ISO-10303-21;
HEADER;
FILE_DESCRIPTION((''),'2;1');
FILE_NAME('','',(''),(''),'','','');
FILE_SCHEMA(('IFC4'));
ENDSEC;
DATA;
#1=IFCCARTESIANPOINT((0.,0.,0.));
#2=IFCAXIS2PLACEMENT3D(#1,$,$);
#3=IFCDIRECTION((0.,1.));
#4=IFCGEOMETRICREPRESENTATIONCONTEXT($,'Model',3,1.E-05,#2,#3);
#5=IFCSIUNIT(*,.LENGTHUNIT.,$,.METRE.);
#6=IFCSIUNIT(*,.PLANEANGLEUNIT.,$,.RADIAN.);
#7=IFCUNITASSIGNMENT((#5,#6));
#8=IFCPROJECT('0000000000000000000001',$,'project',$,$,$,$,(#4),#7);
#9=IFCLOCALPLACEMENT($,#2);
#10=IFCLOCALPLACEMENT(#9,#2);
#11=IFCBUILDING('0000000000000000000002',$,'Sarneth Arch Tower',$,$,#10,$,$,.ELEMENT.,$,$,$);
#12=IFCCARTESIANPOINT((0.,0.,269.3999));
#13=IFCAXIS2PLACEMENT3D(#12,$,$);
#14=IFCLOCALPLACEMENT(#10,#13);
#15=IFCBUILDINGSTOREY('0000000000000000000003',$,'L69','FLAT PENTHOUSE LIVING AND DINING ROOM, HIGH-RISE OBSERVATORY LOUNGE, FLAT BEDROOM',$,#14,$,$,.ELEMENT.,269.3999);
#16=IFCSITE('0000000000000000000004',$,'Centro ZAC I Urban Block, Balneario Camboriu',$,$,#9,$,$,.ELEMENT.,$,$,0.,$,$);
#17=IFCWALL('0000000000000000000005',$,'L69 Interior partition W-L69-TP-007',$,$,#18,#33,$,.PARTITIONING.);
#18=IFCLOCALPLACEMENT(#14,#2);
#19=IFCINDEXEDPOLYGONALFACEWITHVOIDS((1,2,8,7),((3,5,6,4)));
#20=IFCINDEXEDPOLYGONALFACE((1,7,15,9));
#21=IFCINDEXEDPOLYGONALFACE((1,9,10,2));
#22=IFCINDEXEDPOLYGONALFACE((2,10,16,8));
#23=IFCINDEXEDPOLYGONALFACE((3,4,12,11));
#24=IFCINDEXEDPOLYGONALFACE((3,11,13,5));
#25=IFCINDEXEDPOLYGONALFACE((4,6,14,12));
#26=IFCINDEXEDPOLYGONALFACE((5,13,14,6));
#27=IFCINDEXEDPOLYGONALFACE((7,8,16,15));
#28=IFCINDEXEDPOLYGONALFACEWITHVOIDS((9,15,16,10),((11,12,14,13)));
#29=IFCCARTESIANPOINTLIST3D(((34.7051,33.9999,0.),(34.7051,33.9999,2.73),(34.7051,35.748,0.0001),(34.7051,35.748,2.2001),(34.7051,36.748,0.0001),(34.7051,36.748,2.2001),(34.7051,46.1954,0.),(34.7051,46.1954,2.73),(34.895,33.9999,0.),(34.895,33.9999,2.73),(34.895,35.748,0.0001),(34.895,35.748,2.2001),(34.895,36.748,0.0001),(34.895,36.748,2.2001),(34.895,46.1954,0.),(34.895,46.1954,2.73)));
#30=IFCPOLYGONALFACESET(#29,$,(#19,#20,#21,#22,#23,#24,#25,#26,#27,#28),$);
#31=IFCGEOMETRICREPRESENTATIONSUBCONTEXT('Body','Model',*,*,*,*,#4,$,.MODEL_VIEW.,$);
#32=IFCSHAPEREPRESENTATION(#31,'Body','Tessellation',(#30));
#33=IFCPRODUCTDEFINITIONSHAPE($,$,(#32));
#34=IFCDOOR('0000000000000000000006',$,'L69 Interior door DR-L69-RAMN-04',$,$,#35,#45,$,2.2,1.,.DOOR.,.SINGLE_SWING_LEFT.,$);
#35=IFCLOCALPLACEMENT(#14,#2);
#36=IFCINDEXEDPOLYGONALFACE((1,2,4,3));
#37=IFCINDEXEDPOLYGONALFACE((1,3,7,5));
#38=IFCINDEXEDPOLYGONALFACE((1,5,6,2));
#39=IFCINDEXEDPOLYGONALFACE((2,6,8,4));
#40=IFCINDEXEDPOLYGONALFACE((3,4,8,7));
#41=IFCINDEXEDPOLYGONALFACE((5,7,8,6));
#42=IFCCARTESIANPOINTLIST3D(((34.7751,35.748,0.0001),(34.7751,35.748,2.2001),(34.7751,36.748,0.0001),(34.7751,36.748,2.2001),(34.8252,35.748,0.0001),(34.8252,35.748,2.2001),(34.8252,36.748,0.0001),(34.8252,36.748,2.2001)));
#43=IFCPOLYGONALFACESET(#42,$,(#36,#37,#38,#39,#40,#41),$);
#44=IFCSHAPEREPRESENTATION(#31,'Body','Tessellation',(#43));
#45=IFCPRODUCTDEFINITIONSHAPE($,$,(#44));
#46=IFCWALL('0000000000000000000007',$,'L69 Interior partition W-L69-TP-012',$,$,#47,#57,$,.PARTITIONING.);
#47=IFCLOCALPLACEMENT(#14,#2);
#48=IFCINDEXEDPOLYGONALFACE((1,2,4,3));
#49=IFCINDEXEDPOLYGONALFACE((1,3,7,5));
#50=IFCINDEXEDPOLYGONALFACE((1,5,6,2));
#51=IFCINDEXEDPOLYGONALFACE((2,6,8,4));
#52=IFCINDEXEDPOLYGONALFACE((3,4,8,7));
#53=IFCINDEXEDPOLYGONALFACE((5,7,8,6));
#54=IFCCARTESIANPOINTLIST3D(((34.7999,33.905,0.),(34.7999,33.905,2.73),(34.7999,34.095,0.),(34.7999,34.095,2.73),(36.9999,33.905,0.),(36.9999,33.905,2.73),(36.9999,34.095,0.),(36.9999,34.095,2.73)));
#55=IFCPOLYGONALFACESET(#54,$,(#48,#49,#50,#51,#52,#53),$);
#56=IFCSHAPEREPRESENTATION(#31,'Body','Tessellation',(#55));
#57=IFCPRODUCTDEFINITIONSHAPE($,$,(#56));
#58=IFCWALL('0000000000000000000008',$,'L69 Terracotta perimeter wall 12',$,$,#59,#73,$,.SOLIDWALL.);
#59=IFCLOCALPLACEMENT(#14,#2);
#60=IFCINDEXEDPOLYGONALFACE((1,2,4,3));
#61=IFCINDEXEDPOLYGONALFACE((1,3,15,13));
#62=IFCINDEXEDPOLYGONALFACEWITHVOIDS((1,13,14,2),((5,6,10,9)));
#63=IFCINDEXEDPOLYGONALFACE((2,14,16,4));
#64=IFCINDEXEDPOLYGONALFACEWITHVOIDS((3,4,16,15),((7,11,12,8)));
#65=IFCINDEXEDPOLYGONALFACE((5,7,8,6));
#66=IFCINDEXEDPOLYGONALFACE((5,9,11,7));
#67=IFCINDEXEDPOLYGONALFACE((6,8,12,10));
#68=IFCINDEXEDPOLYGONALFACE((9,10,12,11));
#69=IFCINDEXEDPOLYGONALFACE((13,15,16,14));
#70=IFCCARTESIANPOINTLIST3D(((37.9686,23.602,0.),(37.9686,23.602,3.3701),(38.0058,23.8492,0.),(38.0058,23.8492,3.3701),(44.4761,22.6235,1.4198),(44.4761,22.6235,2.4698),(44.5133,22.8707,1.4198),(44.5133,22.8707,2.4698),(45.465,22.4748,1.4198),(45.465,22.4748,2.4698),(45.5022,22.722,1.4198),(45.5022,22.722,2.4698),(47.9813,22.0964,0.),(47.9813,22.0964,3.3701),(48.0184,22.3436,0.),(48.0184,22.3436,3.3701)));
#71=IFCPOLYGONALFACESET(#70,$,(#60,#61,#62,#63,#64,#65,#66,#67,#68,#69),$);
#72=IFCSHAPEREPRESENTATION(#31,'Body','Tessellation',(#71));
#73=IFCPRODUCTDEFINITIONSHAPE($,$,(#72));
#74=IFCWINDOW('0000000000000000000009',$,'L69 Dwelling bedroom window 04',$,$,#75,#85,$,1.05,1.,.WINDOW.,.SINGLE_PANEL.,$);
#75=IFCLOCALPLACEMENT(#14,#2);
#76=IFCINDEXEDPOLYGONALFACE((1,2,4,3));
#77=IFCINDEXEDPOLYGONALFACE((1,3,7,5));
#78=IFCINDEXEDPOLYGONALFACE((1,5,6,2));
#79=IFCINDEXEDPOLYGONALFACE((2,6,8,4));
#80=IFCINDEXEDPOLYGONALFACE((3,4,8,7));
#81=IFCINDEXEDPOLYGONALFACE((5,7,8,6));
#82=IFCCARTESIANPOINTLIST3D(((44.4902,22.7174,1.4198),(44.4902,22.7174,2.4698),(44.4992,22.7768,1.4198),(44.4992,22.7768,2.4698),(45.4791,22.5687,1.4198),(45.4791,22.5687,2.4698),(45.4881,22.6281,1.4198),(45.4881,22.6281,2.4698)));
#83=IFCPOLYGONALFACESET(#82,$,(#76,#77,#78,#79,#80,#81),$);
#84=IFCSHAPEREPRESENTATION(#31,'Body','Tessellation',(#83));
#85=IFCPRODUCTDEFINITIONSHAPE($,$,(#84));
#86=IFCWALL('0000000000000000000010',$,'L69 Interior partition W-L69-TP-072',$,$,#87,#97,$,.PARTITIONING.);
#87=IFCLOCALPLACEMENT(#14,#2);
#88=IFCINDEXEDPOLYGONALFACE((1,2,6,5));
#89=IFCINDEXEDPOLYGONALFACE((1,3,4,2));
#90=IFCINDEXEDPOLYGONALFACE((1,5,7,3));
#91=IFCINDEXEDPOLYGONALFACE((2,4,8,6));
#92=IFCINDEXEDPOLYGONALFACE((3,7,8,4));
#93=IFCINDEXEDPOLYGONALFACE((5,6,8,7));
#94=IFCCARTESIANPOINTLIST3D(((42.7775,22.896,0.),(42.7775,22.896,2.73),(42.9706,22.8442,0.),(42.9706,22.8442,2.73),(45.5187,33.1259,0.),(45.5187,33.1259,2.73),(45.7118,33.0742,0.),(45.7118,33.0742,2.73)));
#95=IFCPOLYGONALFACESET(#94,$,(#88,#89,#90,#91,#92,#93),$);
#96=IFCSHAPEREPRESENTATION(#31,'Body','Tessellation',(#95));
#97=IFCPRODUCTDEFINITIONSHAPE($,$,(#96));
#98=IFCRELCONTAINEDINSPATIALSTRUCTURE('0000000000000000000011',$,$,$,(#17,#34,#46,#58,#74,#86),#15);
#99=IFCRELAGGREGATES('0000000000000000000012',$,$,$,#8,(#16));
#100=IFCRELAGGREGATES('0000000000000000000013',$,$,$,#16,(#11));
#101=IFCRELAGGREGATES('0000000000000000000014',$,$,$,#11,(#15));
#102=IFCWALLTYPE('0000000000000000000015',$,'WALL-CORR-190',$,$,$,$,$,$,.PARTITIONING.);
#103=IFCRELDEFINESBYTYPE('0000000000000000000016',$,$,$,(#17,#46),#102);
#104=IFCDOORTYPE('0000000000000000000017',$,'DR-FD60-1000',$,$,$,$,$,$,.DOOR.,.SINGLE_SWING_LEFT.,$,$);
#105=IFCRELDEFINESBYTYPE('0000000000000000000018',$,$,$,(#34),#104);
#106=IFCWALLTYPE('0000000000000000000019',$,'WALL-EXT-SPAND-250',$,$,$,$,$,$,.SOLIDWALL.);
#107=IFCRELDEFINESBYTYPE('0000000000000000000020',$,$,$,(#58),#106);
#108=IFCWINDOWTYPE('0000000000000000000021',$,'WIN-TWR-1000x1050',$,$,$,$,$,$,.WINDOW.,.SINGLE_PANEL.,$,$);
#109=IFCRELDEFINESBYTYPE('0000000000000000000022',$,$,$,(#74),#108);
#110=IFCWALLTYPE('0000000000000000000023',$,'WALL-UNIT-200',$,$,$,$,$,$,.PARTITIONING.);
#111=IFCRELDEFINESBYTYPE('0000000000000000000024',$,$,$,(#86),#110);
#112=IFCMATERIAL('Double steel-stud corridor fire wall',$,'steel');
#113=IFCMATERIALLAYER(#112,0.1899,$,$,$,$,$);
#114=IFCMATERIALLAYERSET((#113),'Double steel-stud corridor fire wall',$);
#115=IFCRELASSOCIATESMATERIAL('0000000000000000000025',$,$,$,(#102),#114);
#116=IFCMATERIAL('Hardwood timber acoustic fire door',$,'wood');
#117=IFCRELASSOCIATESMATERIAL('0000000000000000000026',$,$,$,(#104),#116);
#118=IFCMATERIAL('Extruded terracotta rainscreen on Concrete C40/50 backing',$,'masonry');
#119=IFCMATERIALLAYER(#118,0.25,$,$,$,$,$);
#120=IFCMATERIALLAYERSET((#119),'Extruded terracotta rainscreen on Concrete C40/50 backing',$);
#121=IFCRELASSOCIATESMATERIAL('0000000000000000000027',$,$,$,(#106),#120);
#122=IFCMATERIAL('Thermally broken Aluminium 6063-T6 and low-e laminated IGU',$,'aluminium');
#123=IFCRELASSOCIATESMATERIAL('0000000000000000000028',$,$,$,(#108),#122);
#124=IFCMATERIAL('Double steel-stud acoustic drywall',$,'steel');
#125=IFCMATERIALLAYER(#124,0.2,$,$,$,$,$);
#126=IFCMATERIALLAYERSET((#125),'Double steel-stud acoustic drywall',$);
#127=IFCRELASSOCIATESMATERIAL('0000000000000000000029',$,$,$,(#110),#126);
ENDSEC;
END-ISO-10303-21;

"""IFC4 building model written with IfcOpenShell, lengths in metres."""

from ifc_helpers import new_model, si_unit, direction, frame, frame_2d, origin, place, context, subcontext, project, spatial, rectangle, extrude, material, layer, layer_set, type_object, element, fill, save


model = new_model("IFC4")

# Units and contexts
model_context = context("Model", 3, precision=1e-05, world=origin(), true_north=direction((0.0, 1.0)))
body_context = subcontext(model_context, "Body", "Model", "MODEL_VIEW")
ifc_project = project(units=[si_unit("LENGTHUNIT", "METRE"), si_unit("PLANEANGLEUNIT", "RADIAN")], contexts=[model_context])

# Site, building, storey
site_placement = place(None, origin())
site = spatial("IfcSite", under=ifc_project, at=site_placement, Name="Centro ZAC I Urban Block, Balneario Camboriu", CompositionType="ELEMENT", RefElevation=0.0)
building_placement = place(site_placement, origin())
building = spatial("IfcBuilding", under=site, at=building_placement, Name="Sarneth Arch Tower", CompositionType="ELEMENT")
storey_placement = place(building_placement, frame((0.0, 0.0, 269.3999)))
storey = spatial("IfcBuildingStorey", under=building, at=storey_placement, Name="L69", Description="FLAT PENTHOUSE LIVING AND DINING ROOM, HIGH-RISE OBSERVATORY LOUNGE, FLAT BEDROOM", CompositionType="ELEMENT", Elevation=269.3999)

# Wall, opening, door
ifc_material_1 = material(Name="Double steel-stud corridor fire wall", Category="steel")
ifc_layer_1 = layer(ifc_material_1, 0.1899)
ifc_layer_set_1 = layer_set([ifc_layer_1], Name="Double steel-stud corridor fire wall")
wall_type_1 = type_object("IfcWallType", Name="WALL-CORR-190", PredefinedType="PARTITIONING", material=ifc_layer_set_1)
wall_1_placement = place(storey_placement, frame((34.8, 34.0, 0.0), z_axis=(0.0, 0.0, 1.0), x_axis=(0.0, 1.0, 0.0)))
wall_1 = element("IfcWall", 1, at=wall_1_placement, inside=storey, type_object=wall_type_1, Name="L69 Interior partition W-L69-TP-007", PredefinedType="PARTITIONING", context=body_context, shape_type="SweptSolid", body=[
    extrude(rectangle(XDim=12.1956, YDim=0.1899, at=frame_2d((6.0977, 0.0))), origin(), (0.0, 0.0, 1.0), 2.73),
])
opening_1_placement = place(wall_1_placement, frame((1.748, 0.0, 0.0)))
opening_1 = element("IfcOpeningElement", 2, at=opening_1_placement, cuts=wall_1, PredefinedType="OPENING", context=body_context, shape_type="SweptSolid", body=[
    extrude(rectangle(XDim=1.0, YDim=2.2, at=frame_2d((0.5, 1.1001))), frame((0.0, 0.105, 0.0), z_axis=(0.0, -1.0, 0.0), x_axis=(1.0, 0.0, 0.0)), (0.0, 0.0, 1.0), 0.21),
])
ifc_material_2 = material(Name="Hardwood timber acoustic fire door", Category="wood")
door_type = type_object("IfcDoorType", Name="DR-FD60-1000", OperationType="SINGLE_SWING_LEFT", PredefinedType="DOOR", material=ifc_material_2)
door_placement = place(opening_1_placement, origin())
door = element("IfcDoor", 3, at=door_placement, inside=storey, type_object=door_type, Name="L69 Interior door DR-L69-RAMN-04", OperationType="SINGLE_SWING_LEFT", OverallHeight=2.2, OverallWidth=1.0, PredefinedType="DOOR", context=body_context, shape_type="SweptSolid", body=[
    extrude(rectangle(XDim=1.0, YDim=2.2, at=frame_2d((0.5, 1.1001))), frame((0.0, 0.0249, 0.0), z_axis=(0.0, -1.0, 0.0), x_axis=(1.0, 0.0, 0.0)), (0.0, 0.0, 1.0), 0.05),
])
fill(opening_1, door)

# Wall
wall_2_placement = place(storey_placement, frame((37.0, 34.0, 0.0), z_axis=(0.0, 0.0, 1.0), x_axis=(-1.0, 0.0, 0.0)))
element("IfcWall", 4, at=wall_2_placement, inside=storey, type_object=wall_type_1, Name="L69 Interior partition W-L69-TP-012", PredefinedType="PARTITIONING", context=body_context, shape_type="SweptSolid", body=[
    extrude(rectangle(XDim=2.2, YDim=0.1899, at=frame_2d((1.1001, 0.0))), origin(), (0.0, 0.0, 1.0), 2.73),
])

# Wall, opening, window
ifc_material_3 = material(Name="Extruded terracotta rainscreen on Concrete C40/50 backing", Category="masonry")
ifc_layer_2 = layer(ifc_material_3, 0.25)
ifc_layer_set_2 = layer_set([ifc_layer_2], Name="Extruded terracotta rainscreen on Concrete C40/50 backing")
wall_type_2 = type_object("IfcWallType", Name="WALL-EXT-SPAND-250", PredefinedType="SOLIDWALL", material=ifc_layer_set_2)
wall_3_placement = place(storey_placement, frame((37.9873, 23.7256, 0.0), z_axis=(0.0, 0.0, 1.0), x_axis=(0.988883, -0.148699, 0.0)))
wall_3 = element("IfcWall", 5, at=wall_3_placement, inside=storey, type_object=wall_type_2, Name="L69 Terracotta perimeter wall 12", PredefinedType="SOLIDWALL", context=body_context, shape_type="SweptSolid", body=[
    extrude(rectangle(XDim=10.1252, YDim=0.25, at=frame_2d((5.0625, 0.0))), origin(), (0.0, 0.0, 1.0), 3.3701),
])
opening_2_placement = place(wall_3_placement, frame((6.5806, 0.0, 1.4199)))
opening_2 = element("IfcOpeningElement", 6, at=opening_2_placement, cuts=wall_3, PredefinedType="OPENING", context=body_context, shape_type="SweptSolid", body=[
    extrude(rectangle(XDim=1.0, YDim=1.05, at=frame_2d((0.5, 0.5249))), frame((0.0, 0.135, 0.0), z_axis=(0.0, -1.0, 0.0), x_axis=(1.0, 0.0, 0.0)), (0.0, 0.0, 1.0), 0.27),
])
ifc_material_4 = material(Name="Thermally broken Aluminium 6063-T6 and low-e laminated IGU", Category="aluminium")
window_type = type_object("IfcWindowType", Name="WIN-TWR-1000x1050", PartitioningType="SINGLE_PANEL", PredefinedType="WINDOW", material=ifc_material_4)
window_placement = place(opening_2_placement, origin())
window = element("IfcWindow", 7, at=window_placement, inside=storey, type_object=window_type, Name="L69 Dwelling bedroom window 04", OverallHeight=1.05, OverallWidth=1.0, PartitioningType="SINGLE_PANEL", PredefinedType="WINDOW", context=body_context, shape_type="SweptSolid", body=[
    extrude(rectangle(XDim=1.0, YDim=1.05, at=frame_2d((0.5, 0.5249))), frame((0.0, 0.03, 0.0), z_axis=(0.0, -1.0, 0.0), x_axis=(1.0, 0.0, 0.0)), (0.0, 0.0, 1.0), 0.0601),
])
fill(opening_2, window)

# Wall
ifc_material_5 = material(Name="Double steel-stud acoustic drywall", Category="steel")
ifc_layer_3 = layer(ifc_material_5, 0.2)
ifc_layer_set_3 = layer_set([ifc_layer_3], Name="Double steel-stud acoustic drywall")
wall_type_3 = type_object("IfcWallType", Name="WALL-UNIT-200", PredefinedType="PARTITIONING", material=ifc_layer_set_3)
wall_4_placement = place(storey_placement, frame((42.874, 22.8701, 0.0), z_axis=(0.0, 0.0, 1.0), x_axis=(0.258827, 0.965924, 0.0)))
element("IfcWall", 8, at=wall_4_placement, inside=storey, type_object=wall_type_3, Name="L69 Interior partition W-L69-TP-072", PredefinedType="PARTITIONING", context=body_context, shape_type="SweptSolid", body=[
    extrude(rectangle(XDim=10.5908, YDim=0.2, at=frame_2d((5.2954, 0.0))), origin(), (0.0, 0.0, 1.0), 2.73),
])

save(model, "model.ifc")
